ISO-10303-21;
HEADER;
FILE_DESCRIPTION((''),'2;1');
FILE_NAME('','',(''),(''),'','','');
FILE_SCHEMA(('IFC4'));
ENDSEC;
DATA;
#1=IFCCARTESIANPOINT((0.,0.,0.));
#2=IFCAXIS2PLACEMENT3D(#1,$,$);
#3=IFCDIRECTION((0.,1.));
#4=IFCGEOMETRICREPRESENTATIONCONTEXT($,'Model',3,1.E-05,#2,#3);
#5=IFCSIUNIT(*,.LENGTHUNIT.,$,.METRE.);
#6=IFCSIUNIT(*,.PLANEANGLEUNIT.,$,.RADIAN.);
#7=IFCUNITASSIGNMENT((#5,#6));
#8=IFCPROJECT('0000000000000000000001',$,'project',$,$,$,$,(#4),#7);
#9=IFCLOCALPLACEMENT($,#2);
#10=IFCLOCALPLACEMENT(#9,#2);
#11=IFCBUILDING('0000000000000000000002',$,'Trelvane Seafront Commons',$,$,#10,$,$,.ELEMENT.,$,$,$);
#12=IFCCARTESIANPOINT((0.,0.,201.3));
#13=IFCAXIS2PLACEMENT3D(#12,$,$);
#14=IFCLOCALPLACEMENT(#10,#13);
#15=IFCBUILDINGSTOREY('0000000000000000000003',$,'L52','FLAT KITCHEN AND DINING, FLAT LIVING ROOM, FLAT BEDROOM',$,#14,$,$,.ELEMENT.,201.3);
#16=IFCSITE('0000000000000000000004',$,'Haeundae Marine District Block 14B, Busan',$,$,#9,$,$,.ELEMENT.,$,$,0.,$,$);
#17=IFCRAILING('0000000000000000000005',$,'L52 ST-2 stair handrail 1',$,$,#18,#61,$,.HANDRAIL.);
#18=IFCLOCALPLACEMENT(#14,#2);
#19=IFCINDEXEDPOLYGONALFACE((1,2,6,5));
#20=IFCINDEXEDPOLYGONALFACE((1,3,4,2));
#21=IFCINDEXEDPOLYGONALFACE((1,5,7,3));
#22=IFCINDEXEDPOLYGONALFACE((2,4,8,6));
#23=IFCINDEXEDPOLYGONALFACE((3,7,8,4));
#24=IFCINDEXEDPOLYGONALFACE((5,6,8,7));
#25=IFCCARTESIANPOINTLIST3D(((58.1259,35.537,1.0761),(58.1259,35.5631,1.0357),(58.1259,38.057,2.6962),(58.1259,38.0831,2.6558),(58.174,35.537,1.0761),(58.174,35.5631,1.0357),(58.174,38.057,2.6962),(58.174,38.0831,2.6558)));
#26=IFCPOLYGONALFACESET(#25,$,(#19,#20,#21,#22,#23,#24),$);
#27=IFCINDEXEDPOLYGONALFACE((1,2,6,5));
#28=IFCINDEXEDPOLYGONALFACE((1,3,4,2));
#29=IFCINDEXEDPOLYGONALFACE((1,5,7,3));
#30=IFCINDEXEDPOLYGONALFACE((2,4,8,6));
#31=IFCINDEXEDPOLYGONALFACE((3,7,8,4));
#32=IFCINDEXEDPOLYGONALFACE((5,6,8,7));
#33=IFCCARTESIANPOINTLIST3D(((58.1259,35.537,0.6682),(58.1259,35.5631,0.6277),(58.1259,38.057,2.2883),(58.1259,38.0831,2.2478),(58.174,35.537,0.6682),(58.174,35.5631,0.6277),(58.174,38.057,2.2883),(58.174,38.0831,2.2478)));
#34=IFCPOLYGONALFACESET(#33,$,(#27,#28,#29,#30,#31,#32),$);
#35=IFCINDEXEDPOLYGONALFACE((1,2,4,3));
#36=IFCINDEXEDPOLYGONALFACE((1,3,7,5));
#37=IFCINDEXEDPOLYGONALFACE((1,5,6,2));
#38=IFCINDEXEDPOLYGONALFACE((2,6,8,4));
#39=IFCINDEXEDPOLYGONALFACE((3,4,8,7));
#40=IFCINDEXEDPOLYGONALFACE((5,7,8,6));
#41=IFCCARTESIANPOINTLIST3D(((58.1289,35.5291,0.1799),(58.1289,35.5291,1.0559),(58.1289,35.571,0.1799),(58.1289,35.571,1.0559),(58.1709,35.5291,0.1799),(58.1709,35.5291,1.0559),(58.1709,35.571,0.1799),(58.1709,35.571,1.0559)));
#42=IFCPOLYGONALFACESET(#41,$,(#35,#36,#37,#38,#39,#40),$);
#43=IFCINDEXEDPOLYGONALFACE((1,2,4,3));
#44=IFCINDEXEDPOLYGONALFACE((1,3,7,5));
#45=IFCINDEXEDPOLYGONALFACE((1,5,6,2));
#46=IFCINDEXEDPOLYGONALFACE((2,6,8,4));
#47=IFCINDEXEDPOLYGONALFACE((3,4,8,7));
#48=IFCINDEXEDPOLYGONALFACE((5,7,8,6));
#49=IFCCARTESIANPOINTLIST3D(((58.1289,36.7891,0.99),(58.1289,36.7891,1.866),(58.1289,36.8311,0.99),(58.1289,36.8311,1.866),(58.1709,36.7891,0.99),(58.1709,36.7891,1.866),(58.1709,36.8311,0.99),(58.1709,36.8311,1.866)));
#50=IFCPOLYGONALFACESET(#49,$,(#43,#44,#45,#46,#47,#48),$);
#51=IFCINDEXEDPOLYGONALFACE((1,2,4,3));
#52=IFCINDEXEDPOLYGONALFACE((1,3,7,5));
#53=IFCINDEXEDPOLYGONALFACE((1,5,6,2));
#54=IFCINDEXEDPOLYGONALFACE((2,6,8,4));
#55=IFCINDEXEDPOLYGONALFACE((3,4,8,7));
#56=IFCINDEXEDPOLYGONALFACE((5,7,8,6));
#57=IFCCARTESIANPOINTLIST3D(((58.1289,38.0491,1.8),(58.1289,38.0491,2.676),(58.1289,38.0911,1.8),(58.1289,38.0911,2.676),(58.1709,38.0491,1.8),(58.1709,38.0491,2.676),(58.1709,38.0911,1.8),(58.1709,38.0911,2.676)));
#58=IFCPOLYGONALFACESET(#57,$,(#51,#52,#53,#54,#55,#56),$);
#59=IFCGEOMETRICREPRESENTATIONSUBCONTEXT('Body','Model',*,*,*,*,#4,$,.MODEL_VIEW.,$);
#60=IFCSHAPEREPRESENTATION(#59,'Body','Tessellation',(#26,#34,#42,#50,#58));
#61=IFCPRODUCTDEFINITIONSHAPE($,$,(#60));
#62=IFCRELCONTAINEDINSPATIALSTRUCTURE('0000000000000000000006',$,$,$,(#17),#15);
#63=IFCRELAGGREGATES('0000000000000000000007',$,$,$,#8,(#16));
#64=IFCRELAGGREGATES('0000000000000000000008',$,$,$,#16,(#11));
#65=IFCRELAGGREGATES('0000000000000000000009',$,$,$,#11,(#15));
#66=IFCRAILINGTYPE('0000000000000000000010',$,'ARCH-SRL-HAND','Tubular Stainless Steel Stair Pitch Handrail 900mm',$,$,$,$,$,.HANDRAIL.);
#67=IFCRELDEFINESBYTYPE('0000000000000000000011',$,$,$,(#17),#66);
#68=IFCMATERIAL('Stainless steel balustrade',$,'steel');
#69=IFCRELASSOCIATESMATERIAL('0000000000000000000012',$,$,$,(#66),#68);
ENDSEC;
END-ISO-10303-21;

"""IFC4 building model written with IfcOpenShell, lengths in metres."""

from ifc_helpers import new_model, si_unit, direction, frame, origin, origin_2d, place, context, subcontext, project, spatial, rectangle, extrude, material, type_object, element, save


model = new_model("IFC4")

# Units and contexts
model_context = context("Model", 3, precision=1e-05, world=origin(), true_north=direction((0.0, 1.0)))
body_context = subcontext(model_context, "Body", "Model", "MODEL_VIEW")
ifc_project = project(units=[si_unit("LENGTHUNIT", "METRE"), si_unit("PLANEANGLEUNIT", "RADIAN")], contexts=[model_context])

# Site, building, storey
site_placement = place(None, origin())
site = spatial("IfcSite", under=ifc_project, at=site_placement, Name="Haeundae Marine District Block 14B, Busan", CompositionType="ELEMENT", RefElevation=0.0)
building_placement = place(site_placement, origin())
building = spatial("IfcBuilding", under=site, at=building_placement, Name="Trelvane Seafront Commons", CompositionType="ELEMENT")
storey_placement = place(building_placement, frame((0.0, 0.0, 201.3)))
storey = spatial("IfcBuildingStorey", under=building, at=storey_placement, Name="L52", Description="FLAT KITCHEN AND DINING, FLAT LIVING ROOM, FLAT BEDROOM", CompositionType="ELEMENT", Elevation=201.3)

# Railing
ifc_material_1 = material(Name="Stainless steel balustrade", Category="steel")
railing_type_1 = type_object("IfcRailingType", Name="ARCH-SRL-HAND", Description="Tubular Stainless Steel Stair Pitch Handrail 900mm", PredefinedType="HANDRAIL", material=ifc_material_1)
railing_1_placement = place(storey_placement, frame((58.1499, 35.55, 0.1799)))
element("IfcRailing", 1, at=railing_1_placement, inside=storey, type_object=railing_type_1, Name="L52 ST-2 stair handrail 1", PredefinedType="HANDRAIL", context=body_context, shape_type="SweptSolid", body=[
    extrude(rectangle(XDim=0.0481, YDim=0.0481, at=origin_2d()), frame((0.0, 0.0, 0.876), z_axis=(0.0, 0.841163, 0.540782), x_axis=(-1.0, 0.0, 0.0)), (0.0, 0.0, 1.0), 2.9958),
    extrude(rectangle(XDim=0.0481, YDim=0.0481, at=origin_2d()), frame((0.0, 0.0, 0.468), z_axis=(0.0, 0.841163, 0.540782), x_axis=(-1.0, 0.0, 0.0)), (0.0, 0.0, 1.0), 2.9958),
    extrude(rectangle(XDim=0.042, YDim=0.042, at=origin_2d()), origin(), (0.0, 0.0, 1.0), 0.876),
    extrude(rectangle(XDim=0.042, YDim=0.042, at=origin_2d()), frame((0.0, 1.26, 0.8101)), (0.0, 0.0, 1.0), 0.876),
    extrude(rectangle(XDim=0.042, YDim=0.042, at=origin_2d()), frame((0.0, 2.52, 1.6201)), (0.0, 0.0, 1.0), 0.876),
])

save(model, "model.ifc")
